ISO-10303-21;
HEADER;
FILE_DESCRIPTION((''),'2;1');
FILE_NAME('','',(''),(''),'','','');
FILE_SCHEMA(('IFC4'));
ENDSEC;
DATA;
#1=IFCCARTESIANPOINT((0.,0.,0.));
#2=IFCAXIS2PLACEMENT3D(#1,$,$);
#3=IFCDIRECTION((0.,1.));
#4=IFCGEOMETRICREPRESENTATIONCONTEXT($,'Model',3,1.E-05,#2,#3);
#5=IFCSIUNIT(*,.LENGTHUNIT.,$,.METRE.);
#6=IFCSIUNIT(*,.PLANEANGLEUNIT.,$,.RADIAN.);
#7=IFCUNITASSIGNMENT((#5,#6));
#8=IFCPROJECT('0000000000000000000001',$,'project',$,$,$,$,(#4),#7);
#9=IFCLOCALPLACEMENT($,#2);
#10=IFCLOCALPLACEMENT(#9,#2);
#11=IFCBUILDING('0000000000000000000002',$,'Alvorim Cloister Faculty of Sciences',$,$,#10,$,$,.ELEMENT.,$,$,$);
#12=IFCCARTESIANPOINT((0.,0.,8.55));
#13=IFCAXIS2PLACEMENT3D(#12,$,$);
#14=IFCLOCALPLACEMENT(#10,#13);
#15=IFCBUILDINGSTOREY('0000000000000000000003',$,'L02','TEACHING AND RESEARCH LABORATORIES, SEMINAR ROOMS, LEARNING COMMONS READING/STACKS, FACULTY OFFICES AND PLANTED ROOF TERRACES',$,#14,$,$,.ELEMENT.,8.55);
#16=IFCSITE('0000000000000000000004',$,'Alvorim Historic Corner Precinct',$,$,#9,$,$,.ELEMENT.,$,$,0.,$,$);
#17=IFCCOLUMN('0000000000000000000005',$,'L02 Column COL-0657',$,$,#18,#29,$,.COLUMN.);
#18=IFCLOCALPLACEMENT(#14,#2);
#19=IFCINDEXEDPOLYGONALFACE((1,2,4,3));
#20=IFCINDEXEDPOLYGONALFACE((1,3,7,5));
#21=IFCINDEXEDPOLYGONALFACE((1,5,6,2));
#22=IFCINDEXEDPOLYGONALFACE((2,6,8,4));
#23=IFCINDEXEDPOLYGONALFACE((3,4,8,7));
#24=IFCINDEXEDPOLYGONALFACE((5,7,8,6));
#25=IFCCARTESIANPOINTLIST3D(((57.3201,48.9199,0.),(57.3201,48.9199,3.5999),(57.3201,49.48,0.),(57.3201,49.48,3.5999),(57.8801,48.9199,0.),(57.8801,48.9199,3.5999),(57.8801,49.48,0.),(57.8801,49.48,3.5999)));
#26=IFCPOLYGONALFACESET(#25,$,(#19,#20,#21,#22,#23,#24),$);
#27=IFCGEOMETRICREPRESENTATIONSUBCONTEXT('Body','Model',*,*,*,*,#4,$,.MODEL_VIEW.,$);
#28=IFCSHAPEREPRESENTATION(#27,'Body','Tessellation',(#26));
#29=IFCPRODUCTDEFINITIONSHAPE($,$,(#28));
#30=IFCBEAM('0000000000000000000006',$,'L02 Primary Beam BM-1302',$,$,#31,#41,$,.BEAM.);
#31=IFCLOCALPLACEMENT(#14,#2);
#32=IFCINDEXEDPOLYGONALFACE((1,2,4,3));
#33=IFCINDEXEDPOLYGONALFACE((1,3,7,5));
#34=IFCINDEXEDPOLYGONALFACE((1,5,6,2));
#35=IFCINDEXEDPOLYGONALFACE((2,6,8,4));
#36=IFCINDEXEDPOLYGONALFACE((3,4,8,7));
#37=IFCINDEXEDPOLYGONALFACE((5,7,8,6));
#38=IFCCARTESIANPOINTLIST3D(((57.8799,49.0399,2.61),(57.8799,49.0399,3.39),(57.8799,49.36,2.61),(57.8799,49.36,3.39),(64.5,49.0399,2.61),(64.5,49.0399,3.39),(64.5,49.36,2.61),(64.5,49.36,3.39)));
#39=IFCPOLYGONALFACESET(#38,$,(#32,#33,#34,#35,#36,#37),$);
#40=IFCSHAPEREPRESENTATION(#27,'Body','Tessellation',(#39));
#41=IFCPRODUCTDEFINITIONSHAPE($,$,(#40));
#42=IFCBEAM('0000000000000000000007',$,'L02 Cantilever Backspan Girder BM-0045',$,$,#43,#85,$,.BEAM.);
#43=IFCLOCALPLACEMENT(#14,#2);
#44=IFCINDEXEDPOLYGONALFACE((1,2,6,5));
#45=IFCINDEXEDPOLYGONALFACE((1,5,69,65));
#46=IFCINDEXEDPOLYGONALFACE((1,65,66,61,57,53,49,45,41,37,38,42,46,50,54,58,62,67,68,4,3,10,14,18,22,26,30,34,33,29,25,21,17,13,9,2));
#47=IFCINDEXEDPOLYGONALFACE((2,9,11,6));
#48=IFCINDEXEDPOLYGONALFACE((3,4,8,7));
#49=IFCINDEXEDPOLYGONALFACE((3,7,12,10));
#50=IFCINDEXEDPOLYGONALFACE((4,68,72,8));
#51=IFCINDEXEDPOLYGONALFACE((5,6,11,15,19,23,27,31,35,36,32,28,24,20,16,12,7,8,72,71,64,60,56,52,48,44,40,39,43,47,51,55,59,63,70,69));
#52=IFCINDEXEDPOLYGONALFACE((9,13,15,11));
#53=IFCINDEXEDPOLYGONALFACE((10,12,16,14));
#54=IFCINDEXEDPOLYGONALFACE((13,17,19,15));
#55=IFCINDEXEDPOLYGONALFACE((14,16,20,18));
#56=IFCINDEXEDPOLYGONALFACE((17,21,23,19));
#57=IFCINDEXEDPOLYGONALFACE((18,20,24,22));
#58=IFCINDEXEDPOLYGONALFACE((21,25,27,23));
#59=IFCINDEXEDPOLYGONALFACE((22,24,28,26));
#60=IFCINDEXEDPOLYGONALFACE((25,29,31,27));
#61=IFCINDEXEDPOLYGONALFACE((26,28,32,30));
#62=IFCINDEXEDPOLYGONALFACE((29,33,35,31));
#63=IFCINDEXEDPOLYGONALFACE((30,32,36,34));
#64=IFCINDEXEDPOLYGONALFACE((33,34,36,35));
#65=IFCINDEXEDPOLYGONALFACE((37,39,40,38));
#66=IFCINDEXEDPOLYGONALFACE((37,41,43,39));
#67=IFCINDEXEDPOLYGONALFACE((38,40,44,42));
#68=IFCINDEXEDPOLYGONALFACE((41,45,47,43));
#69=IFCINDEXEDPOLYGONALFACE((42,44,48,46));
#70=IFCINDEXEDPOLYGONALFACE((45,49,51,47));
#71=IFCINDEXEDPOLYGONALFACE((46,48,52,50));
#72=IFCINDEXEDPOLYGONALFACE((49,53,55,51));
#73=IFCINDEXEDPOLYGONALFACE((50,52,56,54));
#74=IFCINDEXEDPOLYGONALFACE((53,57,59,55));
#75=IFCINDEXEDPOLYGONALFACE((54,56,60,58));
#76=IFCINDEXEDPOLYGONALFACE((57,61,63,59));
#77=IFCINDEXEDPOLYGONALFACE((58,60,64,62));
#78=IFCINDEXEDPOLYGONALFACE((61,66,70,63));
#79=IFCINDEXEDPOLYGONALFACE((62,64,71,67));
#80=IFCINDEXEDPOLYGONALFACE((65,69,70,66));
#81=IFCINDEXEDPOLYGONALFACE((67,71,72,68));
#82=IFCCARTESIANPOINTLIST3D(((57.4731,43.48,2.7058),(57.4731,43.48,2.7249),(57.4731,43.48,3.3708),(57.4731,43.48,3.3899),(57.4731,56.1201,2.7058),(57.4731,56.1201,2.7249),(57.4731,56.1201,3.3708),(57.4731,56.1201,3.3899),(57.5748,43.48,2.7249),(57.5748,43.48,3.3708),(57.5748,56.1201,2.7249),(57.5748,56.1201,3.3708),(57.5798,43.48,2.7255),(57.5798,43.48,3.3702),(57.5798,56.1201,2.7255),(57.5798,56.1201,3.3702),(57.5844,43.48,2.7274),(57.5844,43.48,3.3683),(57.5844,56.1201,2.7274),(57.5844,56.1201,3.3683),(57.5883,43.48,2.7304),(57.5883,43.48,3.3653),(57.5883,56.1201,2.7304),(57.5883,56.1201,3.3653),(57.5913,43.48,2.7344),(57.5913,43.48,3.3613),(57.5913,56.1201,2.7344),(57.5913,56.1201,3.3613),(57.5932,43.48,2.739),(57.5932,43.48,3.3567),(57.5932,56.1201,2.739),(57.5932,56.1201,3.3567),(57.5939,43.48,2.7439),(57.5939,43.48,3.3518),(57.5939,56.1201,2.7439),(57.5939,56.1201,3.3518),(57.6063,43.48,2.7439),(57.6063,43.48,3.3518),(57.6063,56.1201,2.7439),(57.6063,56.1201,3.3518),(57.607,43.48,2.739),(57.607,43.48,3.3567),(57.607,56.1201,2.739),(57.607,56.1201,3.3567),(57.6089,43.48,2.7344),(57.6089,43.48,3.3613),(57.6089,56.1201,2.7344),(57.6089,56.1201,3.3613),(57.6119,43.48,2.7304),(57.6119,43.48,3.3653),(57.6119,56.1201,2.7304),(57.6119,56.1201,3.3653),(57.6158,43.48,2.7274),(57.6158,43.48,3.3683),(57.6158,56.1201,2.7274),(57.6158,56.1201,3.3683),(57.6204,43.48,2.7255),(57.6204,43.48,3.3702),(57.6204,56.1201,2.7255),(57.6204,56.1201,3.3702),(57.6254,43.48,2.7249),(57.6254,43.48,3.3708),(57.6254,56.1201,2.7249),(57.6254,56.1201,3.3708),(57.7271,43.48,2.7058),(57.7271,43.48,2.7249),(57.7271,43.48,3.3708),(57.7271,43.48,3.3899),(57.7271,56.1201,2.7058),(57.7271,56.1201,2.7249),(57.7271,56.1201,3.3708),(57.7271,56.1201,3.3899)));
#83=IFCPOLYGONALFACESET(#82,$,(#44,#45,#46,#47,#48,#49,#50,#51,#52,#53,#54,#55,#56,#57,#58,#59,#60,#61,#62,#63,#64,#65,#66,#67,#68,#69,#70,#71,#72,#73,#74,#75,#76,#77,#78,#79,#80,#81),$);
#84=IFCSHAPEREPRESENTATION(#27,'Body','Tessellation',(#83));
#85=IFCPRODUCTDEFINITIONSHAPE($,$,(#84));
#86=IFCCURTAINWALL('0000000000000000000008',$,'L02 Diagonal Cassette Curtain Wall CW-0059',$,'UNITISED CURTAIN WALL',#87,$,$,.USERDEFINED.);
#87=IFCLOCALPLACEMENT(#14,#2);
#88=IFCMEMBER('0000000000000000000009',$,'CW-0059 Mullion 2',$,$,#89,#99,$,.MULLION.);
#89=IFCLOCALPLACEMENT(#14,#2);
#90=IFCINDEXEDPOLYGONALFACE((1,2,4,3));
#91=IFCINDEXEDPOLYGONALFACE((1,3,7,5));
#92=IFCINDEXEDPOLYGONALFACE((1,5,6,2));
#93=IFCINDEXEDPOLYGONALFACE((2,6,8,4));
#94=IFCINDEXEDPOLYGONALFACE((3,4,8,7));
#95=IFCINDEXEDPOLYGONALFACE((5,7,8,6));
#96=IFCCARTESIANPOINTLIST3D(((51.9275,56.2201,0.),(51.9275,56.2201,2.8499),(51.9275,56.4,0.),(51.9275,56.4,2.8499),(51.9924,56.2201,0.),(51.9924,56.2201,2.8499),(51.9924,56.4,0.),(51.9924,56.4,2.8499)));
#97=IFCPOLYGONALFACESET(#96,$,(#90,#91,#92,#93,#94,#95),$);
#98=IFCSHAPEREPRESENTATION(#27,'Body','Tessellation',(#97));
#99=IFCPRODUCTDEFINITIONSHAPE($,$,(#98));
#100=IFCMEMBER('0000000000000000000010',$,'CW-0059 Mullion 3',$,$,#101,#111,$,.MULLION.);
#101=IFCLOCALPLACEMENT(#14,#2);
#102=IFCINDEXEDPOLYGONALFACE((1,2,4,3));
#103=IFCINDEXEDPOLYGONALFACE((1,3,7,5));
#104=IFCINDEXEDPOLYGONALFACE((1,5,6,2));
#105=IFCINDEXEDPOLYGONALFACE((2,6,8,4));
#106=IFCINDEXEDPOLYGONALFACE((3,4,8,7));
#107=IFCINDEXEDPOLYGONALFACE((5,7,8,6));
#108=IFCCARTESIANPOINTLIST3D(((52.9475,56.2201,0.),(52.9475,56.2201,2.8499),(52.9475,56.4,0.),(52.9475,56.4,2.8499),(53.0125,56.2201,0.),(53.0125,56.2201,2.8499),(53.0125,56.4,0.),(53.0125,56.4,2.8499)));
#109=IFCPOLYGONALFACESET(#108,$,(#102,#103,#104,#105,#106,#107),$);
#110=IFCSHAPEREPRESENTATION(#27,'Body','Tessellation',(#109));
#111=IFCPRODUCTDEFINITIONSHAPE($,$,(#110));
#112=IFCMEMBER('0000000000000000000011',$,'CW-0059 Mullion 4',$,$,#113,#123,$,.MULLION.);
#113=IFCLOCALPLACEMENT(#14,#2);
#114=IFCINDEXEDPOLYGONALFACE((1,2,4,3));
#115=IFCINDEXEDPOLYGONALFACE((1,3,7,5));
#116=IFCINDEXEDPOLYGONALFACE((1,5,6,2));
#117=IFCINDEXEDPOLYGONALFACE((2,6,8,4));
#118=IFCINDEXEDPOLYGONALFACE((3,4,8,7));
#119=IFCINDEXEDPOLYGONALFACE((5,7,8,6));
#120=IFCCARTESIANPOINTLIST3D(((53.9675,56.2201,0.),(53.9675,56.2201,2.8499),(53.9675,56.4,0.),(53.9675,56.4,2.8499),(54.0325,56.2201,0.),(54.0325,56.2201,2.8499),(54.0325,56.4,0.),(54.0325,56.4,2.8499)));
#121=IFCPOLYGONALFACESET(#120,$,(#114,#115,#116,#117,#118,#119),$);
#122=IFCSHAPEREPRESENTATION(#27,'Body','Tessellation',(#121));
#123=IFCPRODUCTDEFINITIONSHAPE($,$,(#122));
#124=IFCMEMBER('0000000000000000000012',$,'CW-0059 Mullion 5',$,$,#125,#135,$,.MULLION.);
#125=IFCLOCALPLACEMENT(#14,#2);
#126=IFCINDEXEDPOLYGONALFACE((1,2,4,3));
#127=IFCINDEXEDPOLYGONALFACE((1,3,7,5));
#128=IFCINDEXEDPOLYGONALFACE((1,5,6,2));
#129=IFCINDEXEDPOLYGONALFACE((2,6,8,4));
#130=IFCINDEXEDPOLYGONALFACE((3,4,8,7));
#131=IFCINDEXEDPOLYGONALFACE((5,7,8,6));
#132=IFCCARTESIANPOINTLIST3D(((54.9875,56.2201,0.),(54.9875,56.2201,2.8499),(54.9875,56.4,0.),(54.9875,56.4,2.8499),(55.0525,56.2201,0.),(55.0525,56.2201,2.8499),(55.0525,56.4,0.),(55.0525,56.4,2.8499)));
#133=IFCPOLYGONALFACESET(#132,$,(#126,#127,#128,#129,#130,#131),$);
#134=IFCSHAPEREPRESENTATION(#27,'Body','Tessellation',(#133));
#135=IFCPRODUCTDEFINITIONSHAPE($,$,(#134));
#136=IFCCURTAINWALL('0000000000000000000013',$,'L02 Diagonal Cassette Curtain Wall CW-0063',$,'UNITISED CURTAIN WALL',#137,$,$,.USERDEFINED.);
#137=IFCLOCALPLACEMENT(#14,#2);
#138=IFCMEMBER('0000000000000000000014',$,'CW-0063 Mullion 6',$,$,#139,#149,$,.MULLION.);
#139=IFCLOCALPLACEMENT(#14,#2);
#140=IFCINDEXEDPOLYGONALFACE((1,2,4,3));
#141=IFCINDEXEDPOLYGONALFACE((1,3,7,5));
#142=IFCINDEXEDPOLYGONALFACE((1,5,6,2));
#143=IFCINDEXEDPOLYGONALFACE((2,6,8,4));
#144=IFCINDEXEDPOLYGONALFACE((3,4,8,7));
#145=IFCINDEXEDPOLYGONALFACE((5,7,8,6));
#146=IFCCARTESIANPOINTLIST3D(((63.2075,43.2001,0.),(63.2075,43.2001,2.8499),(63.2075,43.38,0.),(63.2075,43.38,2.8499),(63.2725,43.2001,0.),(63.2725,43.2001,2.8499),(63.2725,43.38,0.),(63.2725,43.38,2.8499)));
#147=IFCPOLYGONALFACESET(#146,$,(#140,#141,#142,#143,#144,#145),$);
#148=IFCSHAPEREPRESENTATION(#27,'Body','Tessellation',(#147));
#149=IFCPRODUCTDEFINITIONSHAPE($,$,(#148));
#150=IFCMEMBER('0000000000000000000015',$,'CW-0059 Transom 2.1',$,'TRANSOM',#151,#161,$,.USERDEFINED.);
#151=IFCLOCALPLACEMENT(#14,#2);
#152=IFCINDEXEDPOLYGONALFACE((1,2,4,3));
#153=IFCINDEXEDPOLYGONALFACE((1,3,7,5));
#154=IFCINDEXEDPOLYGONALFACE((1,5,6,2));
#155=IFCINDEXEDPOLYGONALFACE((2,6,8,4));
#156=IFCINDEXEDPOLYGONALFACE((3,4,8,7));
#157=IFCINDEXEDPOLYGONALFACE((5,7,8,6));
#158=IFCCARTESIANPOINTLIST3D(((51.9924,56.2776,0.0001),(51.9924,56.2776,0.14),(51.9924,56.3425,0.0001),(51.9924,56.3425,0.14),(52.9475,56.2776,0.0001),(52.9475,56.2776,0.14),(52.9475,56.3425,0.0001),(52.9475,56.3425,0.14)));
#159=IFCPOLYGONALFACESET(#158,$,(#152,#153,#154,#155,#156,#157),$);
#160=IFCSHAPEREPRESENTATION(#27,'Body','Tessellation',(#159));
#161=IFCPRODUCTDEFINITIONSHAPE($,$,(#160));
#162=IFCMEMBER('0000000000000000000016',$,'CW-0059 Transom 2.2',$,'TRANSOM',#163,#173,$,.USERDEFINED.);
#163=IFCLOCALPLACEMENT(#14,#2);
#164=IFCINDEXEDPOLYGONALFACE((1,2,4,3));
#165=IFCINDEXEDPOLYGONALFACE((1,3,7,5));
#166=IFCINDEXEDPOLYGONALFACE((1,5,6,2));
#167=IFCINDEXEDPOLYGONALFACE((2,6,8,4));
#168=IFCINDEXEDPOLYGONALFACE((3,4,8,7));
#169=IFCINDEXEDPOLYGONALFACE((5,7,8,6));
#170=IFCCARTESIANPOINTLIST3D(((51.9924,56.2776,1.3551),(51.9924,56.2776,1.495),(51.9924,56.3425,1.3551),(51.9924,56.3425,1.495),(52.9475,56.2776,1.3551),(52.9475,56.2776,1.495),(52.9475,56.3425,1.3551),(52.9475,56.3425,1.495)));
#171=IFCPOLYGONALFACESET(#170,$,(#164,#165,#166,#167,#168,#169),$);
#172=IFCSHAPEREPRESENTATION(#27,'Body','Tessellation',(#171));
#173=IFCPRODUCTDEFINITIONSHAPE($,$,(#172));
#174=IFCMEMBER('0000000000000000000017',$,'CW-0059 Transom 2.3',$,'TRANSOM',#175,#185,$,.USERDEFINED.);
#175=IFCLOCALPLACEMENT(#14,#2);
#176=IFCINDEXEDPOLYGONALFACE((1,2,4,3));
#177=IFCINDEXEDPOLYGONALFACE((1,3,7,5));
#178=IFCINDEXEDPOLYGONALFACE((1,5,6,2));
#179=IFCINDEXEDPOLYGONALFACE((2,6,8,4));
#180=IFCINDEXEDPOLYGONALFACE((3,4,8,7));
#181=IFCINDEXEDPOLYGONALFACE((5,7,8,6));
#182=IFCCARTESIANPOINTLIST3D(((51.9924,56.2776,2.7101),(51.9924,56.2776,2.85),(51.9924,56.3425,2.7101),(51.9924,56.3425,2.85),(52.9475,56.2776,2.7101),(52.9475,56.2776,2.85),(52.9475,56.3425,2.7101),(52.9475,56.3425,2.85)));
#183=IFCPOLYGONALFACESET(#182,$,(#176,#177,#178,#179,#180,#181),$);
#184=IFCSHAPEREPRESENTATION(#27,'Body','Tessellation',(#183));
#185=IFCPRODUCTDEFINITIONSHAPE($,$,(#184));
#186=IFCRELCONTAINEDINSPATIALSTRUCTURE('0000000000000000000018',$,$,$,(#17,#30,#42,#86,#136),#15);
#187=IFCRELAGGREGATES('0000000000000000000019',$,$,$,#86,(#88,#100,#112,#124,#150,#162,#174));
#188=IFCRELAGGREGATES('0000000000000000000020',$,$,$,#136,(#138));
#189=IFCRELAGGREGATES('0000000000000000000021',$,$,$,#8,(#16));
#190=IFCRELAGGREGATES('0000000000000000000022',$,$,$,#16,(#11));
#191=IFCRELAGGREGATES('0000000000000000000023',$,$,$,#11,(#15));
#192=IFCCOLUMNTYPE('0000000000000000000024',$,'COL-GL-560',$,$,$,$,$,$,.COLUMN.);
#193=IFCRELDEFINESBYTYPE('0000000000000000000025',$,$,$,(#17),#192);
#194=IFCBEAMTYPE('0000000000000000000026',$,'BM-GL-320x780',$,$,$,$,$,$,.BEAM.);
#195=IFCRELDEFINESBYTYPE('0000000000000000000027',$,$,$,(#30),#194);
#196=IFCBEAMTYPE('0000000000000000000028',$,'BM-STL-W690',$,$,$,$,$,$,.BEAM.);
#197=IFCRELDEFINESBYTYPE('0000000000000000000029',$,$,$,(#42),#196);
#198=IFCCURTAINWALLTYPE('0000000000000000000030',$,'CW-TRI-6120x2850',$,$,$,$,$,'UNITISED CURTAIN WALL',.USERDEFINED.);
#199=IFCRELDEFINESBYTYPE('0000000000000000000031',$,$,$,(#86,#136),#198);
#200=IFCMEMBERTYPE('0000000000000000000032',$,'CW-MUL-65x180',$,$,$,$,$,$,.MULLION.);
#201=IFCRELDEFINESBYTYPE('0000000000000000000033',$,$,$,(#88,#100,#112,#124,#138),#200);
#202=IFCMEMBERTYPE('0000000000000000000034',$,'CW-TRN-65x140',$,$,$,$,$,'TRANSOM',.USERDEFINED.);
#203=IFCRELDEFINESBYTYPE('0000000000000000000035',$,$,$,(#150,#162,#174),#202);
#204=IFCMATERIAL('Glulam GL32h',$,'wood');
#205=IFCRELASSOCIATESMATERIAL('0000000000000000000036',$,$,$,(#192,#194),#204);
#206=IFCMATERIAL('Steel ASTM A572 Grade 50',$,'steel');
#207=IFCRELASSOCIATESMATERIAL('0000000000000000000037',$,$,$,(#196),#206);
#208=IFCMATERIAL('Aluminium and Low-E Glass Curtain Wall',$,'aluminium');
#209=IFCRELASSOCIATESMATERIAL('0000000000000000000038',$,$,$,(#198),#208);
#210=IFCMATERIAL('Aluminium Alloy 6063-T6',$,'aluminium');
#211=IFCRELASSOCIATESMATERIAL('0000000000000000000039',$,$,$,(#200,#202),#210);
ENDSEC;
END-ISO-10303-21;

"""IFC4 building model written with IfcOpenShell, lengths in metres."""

from ifc_helpers import new_model, si_unit, direction, frame, origin, origin_2d, place, context, subcontext, project, spatial, rectangle, i_section, extrude, material, material_profile, profile_set, type_object, element, aggregate, save


model = new_model("IFC4")

# Units and contexts
model_context = context("Model", 3, precision=1e-05, world=origin(), true_north=direction((0.0, 1.0)))
body_context = subcontext(model_context, "Body", "Model", "MODEL_VIEW")
ifc_project = project(units=[si_unit("LENGTHUNIT", "METRE"), si_unit("PLANEANGLEUNIT", "RADIAN")], contexts=[model_context])

# Site, building, storey
site_placement = place(None, origin())
site = spatial("IfcSite", under=ifc_project, at=site_placement, Name="Alvorim Historic Corner Precinct", CompositionType="ELEMENT", RefElevation=0.0)
building_placement = place(site_placement, origin())
building = spatial("IfcBuilding", under=site, at=building_placement, Name="Alvorim Cloister Faculty of Sciences", CompositionType="ELEMENT")
storey_placement = place(building_placement, frame((0.0, 0.0, 8.55)))
storey = spatial("IfcBuildingStorey", under=building, at=storey_placement, Name="L02", Description="TEACHING AND RESEARCH LABORATORIES, SEMINAR ROOMS, LEARNING COMMONS READING/STACKS, FACULTY OFFICES AND PLANTED ROOF TERRACES", CompositionType="ELEMENT", Elevation=8.55)

# Column
ifc_material_1 = material(Name="Glulam GL32h", Category="wood")
ifc_material_profile_1 = material_profile(ifc_material_1, rectangle(XDim=0.5601, YDim=0.5601, at=origin_2d()), Name="GL32-COL-560x560")
ifc_profile_set_1 = profile_set([ifc_material_profile_1], Name="Glulam GL32h")
column_type = type_object("IfcColumnType", Name="COL-GL-560", PredefinedType="COLUMN", material=ifc_profile_set_1)
column_placement = place(storey_placement, frame((57.6001, 49.2, 0.0), z_axis=(0.0, 0.0, 1.0), x_axis=(1.0, 0.0, 0.0)))
element("IfcColumn", 1, at=column_placement, inside=storey, type_object=column_type, Name="L02 Column COL-0657", PredefinedType="COLUMN", context=body_context, shape_type="SweptSolid", body=[
    extrude(rectangle(XDim=0.5601, YDim=0.5601, at=origin_2d()), origin(), (0.0, 0.0, 1.0), 3.5999),
])

# Beams
ifc_material_profile_2 = material_profile(ifc_material_1, rectangle(XDim=0.3201, YDim=0.78, at=origin_2d()), Name="GL32-BM-320x780")
ifc_profile_set_2 = profile_set([ifc_material_profile_2], Name="Glulam GL32h")
beam_type_1 = type_object("IfcBeamType", Name="BM-GL-320x780", PredefinedType="BEAM", material=ifc_profile_set_2)
beam_1_placement = place(storey_placement, frame((57.8799, 49.2, 3.0), z_axis=(1.0, 0.0, 0.0), x_axis=(0.0, 1.0, 0.0)))
element("IfcBeam", 2, at=beam_1_placement, inside=storey, type_object=beam_type_1, Name="L02 Primary Beam BM-1302", PredefinedType="BEAM", context=body_context, shape_type="SweptSolid", body=[
    extrude(rectangle(XDim=0.3201, YDim=0.78, at=origin_2d()), origin(), (0.0, 0.0, 1.0), 6.6201),
])
ifc_material_2 = material(Name="Steel ASTM A572 Grade 50", Category="steel")
ifc_material_profile_3 = material_profile(ifc_material_2, i_section(OverallWidth=0.2539, OverallDepth=0.6841, WebThickness=0.0125, FlangeThickness=0.019, FilletRadius=0.019, at=origin_2d()), Name="W690x140.0")
ifc_profile_set_3 = profile_set([ifc_material_profile_3], Name="Steel ASTM A572 Grade 50")
beam_type_2 = type_object("IfcBeamType", Name="BM-STL-W690", PredefinedType="BEAM", material=ifc_profile_set_3)
beam_2_placement = place(storey_placement, frame((57.6001, 43.48, 3.0479), z_axis=(0.0, 1.0, 0.0), x_axis=(-1.0, 0.0, 0.0)))
element("IfcBeam", 3, at=beam_2_placement, inside=storey, type_object=beam_type_2, Name="L02 Cantilever Backspan Girder BM-0045", PredefinedType="BEAM", context=body_context, shape_type="SweptSolid", body=[
    extrude(i_section(OverallWidth=0.2539, OverallDepth=0.6841, WebThickness=0.0125, FlangeThickness=0.019, FilletRadius=0.019, at=origin_2d()), origin(), (0.0, 0.0, 1.0), 12.6401),
])

# Curtain wall, members
ifc_material_3 = material(Name="Aluminium and Low-E Glass Curtain Wall", Category="aluminium")
curtain_wall_type = type_object("IfcCurtainWallType", Name="CW-TRI-6120x2850", ElementType="UNITISED CURTAIN WALL", PredefinedType="USERDEFINED", material=ifc_material_3)
curtain_wall_1_placement = place(storey_placement, origin())
curtain_wall_1 = element("IfcCurtainWall", 4, at=curtain_wall_1_placement, inside=storey, type_object=curtain_wall_type, Name="L02 Diagonal Cassette Curtain Wall CW-0059", ObjectType="UNITISED CURTAIN WALL", PredefinedType="USERDEFINED")
ifc_material_4 = material(Name="Aluminium Alloy 6063-T6", Category="aluminium")
ifc_material_profile_4 = material_profile(ifc_material_4, rectangle(XDim=0.0649, YDim=0.1799, at=origin_2d()), Name="ALU-MUL-65x180")
ifc_profile_set_4 = profile_set([ifc_material_profile_4], Name="Aluminium Alloy 6063-T6")
member_type_1 = type_object("IfcMemberType", Name="CW-MUL-65x180", PredefinedType="MULLION", material=ifc_profile_set_4)
member_1_placement = place(storey_placement, frame((51.96, 56.3101, 0.0), z_axis=(0.0, 0.0, 1.0), x_axis=(1.0, 0.0, 0.0)))
member_1 = element("IfcMember", 5, at=member_1_placement, type_object=member_type_1, Name="CW-0059 Mullion 2", PredefinedType="MULLION", context=body_context, shape_type="SweptSolid", body=[
    extrude(rectangle(XDim=0.0649, YDim=0.1799, at=origin_2d()), origin(), (0.0, 0.0, 1.0), 2.8499),
])
member_2_placement = place(storey_placement, frame((52.98, 56.3101, 0.0), z_axis=(0.0, 0.0, 1.0), x_axis=(1.0, 0.0, 0.0)))
member_2 = element("IfcMember", 6, at=member_2_placement, type_object=member_type_1, Name="CW-0059 Mullion 3", PredefinedType="MULLION", context=body_context, shape_type="SweptSolid", body=[
    extrude(rectangle(XDim=0.0649, YDim=0.1799, at=origin_2d()), origin(), (0.0, 0.0, 1.0), 2.8499),
])
member_3_placement = place(storey_placement, frame((54.0, 56.3101, 0.0), z_axis=(0.0, 0.0, 1.0), x_axis=(1.0, 0.0, 0.0)))
member_3 = element("IfcMember", 7, at=member_3_placement, type_object=member_type_1, Name="CW-0059 Mullion 4", PredefinedType="MULLION", context=body_context, shape_type="SweptSolid", body=[
    extrude(rectangle(XDim=0.0649, YDim=0.1799, at=origin_2d()), origin(), (0.0, 0.0, 1.0), 2.8499),
])
member_4_placement = place(storey_placement, frame((55.02, 56.3101, 0.0), z_axis=(0.0, 0.0, 1.0), x_axis=(1.0, 0.0, 0.0)))
member_4 = element("IfcMember", 8, at=member_4_placement, type_object=member_type_1, Name="CW-0059 Mullion 5", PredefinedType="MULLION", context=body_context, shape_type="SweptSolid", body=[
    extrude(rectangle(XDim=0.0649, YDim=0.1799, at=origin_2d()), origin(), (0.0, 0.0, 1.0), 2.8499),
])

# Curtain wall, member
curtain_wall_2_placement = place(storey_placement, origin())
curtain_wall_2 = element("IfcCurtainWall", 9, at=curtain_wall_2_placement, inside=storey, type_object=curtain_wall_type, Name="L02 Diagonal Cassette Curtain Wall CW-0063", ObjectType="UNITISED CURTAIN WALL", PredefinedType="USERDEFINED")
member_5_placement = place(storey_placement, frame((63.24, 43.29, 0.0), z_axis=(0.0, 0.0, 1.0), x_axis=(1.0, 0.0, 0.0)))
member_5 = element("IfcMember", 10, at=member_5_placement, type_object=member_type_1, Name="CW-0063 Mullion 6", PredefinedType="MULLION", context=body_context, shape_type="SweptSolid", body=[
    extrude(rectangle(XDim=0.0649, YDim=0.1799, at=origin_2d()), origin(), (0.0, 0.0, 1.0), 2.8499),
])

# Members
ifc_material_profile_5 = material_profile(ifc_material_4, rectangle(XDim=0.0649, YDim=0.1399, at=origin_2d()), Name="ALU-TRN-65x140")
ifc_profile_set_5 = profile_set([ifc_material_profile_5], Name="Aluminium Alloy 6063-T6")
member_type_2 = type_object("IfcMemberType", Name="CW-TRN-65x140", ElementType="TRANSOM", PredefinedType="USERDEFINED", material=ifc_profile_set_5)
member_6_placement = place(storey_placement, frame((51.9924, 56.3101, 0.0701), z_axis=(1.0, 0.0, 0.0), x_axis=(0.0, 1.0, 0.0)))
member_6 = element("IfcMember", 11, at=member_6_placement, type_object=member_type_2, Name="CW-0059 Transom 2.1", ObjectType="TRANSOM", PredefinedType="USERDEFINED", context=body_context, shape_type="SweptSolid", body=[
    extrude(rectangle(XDim=0.0649, YDim=0.1399, at=origin_2d()), origin(), (0.0, 0.0, 1.0), 0.9551),
])
member_7_placement = place(storey_placement, frame((51.9924, 56.3101, 1.425), z_axis=(1.0, 0.0, 0.0), x_axis=(0.0, 1.0, 0.0)))
member_7 = element("IfcMember", 12, at=member_7_placement, type_object=member_type_2, Name="CW-0059 Transom 2.2", ObjectType="TRANSOM", PredefinedType="USERDEFINED", context=body_context, shape_type="SweptSolid", body=[
    extrude(rectangle(XDim=0.0649, YDim=0.1399, at=origin_2d()), origin(), (0.0, 0.0, 1.0), 0.9551),
])
member_8_placement = place(storey_placement, frame((51.9924, 56.3101, 2.78), z_axis=(1.0, 0.0, 0.0), x_axis=(0.0, 1.0, 0.0)))
member_8 = element("IfcMember", 13, at=member_8_placement, type_object=member_type_2, Name="CW-0059 Transom 2.3", ObjectType="TRANSOM", PredefinedType="USERDEFINED", context=body_context, shape_type="SweptSolid", body=[
    extrude(rectangle(XDim=0.0649, YDim=0.1399, at=origin_2d()), origin(), (0.0, 0.0, 1.0), 0.9551),
])
aggregate(curtain_wall_1, [member_1, member_2, member_3, member_4, member_6, member_7, member_8])
aggregate(curtain_wall_2, [member_5])

save(model, "model.ifc")
